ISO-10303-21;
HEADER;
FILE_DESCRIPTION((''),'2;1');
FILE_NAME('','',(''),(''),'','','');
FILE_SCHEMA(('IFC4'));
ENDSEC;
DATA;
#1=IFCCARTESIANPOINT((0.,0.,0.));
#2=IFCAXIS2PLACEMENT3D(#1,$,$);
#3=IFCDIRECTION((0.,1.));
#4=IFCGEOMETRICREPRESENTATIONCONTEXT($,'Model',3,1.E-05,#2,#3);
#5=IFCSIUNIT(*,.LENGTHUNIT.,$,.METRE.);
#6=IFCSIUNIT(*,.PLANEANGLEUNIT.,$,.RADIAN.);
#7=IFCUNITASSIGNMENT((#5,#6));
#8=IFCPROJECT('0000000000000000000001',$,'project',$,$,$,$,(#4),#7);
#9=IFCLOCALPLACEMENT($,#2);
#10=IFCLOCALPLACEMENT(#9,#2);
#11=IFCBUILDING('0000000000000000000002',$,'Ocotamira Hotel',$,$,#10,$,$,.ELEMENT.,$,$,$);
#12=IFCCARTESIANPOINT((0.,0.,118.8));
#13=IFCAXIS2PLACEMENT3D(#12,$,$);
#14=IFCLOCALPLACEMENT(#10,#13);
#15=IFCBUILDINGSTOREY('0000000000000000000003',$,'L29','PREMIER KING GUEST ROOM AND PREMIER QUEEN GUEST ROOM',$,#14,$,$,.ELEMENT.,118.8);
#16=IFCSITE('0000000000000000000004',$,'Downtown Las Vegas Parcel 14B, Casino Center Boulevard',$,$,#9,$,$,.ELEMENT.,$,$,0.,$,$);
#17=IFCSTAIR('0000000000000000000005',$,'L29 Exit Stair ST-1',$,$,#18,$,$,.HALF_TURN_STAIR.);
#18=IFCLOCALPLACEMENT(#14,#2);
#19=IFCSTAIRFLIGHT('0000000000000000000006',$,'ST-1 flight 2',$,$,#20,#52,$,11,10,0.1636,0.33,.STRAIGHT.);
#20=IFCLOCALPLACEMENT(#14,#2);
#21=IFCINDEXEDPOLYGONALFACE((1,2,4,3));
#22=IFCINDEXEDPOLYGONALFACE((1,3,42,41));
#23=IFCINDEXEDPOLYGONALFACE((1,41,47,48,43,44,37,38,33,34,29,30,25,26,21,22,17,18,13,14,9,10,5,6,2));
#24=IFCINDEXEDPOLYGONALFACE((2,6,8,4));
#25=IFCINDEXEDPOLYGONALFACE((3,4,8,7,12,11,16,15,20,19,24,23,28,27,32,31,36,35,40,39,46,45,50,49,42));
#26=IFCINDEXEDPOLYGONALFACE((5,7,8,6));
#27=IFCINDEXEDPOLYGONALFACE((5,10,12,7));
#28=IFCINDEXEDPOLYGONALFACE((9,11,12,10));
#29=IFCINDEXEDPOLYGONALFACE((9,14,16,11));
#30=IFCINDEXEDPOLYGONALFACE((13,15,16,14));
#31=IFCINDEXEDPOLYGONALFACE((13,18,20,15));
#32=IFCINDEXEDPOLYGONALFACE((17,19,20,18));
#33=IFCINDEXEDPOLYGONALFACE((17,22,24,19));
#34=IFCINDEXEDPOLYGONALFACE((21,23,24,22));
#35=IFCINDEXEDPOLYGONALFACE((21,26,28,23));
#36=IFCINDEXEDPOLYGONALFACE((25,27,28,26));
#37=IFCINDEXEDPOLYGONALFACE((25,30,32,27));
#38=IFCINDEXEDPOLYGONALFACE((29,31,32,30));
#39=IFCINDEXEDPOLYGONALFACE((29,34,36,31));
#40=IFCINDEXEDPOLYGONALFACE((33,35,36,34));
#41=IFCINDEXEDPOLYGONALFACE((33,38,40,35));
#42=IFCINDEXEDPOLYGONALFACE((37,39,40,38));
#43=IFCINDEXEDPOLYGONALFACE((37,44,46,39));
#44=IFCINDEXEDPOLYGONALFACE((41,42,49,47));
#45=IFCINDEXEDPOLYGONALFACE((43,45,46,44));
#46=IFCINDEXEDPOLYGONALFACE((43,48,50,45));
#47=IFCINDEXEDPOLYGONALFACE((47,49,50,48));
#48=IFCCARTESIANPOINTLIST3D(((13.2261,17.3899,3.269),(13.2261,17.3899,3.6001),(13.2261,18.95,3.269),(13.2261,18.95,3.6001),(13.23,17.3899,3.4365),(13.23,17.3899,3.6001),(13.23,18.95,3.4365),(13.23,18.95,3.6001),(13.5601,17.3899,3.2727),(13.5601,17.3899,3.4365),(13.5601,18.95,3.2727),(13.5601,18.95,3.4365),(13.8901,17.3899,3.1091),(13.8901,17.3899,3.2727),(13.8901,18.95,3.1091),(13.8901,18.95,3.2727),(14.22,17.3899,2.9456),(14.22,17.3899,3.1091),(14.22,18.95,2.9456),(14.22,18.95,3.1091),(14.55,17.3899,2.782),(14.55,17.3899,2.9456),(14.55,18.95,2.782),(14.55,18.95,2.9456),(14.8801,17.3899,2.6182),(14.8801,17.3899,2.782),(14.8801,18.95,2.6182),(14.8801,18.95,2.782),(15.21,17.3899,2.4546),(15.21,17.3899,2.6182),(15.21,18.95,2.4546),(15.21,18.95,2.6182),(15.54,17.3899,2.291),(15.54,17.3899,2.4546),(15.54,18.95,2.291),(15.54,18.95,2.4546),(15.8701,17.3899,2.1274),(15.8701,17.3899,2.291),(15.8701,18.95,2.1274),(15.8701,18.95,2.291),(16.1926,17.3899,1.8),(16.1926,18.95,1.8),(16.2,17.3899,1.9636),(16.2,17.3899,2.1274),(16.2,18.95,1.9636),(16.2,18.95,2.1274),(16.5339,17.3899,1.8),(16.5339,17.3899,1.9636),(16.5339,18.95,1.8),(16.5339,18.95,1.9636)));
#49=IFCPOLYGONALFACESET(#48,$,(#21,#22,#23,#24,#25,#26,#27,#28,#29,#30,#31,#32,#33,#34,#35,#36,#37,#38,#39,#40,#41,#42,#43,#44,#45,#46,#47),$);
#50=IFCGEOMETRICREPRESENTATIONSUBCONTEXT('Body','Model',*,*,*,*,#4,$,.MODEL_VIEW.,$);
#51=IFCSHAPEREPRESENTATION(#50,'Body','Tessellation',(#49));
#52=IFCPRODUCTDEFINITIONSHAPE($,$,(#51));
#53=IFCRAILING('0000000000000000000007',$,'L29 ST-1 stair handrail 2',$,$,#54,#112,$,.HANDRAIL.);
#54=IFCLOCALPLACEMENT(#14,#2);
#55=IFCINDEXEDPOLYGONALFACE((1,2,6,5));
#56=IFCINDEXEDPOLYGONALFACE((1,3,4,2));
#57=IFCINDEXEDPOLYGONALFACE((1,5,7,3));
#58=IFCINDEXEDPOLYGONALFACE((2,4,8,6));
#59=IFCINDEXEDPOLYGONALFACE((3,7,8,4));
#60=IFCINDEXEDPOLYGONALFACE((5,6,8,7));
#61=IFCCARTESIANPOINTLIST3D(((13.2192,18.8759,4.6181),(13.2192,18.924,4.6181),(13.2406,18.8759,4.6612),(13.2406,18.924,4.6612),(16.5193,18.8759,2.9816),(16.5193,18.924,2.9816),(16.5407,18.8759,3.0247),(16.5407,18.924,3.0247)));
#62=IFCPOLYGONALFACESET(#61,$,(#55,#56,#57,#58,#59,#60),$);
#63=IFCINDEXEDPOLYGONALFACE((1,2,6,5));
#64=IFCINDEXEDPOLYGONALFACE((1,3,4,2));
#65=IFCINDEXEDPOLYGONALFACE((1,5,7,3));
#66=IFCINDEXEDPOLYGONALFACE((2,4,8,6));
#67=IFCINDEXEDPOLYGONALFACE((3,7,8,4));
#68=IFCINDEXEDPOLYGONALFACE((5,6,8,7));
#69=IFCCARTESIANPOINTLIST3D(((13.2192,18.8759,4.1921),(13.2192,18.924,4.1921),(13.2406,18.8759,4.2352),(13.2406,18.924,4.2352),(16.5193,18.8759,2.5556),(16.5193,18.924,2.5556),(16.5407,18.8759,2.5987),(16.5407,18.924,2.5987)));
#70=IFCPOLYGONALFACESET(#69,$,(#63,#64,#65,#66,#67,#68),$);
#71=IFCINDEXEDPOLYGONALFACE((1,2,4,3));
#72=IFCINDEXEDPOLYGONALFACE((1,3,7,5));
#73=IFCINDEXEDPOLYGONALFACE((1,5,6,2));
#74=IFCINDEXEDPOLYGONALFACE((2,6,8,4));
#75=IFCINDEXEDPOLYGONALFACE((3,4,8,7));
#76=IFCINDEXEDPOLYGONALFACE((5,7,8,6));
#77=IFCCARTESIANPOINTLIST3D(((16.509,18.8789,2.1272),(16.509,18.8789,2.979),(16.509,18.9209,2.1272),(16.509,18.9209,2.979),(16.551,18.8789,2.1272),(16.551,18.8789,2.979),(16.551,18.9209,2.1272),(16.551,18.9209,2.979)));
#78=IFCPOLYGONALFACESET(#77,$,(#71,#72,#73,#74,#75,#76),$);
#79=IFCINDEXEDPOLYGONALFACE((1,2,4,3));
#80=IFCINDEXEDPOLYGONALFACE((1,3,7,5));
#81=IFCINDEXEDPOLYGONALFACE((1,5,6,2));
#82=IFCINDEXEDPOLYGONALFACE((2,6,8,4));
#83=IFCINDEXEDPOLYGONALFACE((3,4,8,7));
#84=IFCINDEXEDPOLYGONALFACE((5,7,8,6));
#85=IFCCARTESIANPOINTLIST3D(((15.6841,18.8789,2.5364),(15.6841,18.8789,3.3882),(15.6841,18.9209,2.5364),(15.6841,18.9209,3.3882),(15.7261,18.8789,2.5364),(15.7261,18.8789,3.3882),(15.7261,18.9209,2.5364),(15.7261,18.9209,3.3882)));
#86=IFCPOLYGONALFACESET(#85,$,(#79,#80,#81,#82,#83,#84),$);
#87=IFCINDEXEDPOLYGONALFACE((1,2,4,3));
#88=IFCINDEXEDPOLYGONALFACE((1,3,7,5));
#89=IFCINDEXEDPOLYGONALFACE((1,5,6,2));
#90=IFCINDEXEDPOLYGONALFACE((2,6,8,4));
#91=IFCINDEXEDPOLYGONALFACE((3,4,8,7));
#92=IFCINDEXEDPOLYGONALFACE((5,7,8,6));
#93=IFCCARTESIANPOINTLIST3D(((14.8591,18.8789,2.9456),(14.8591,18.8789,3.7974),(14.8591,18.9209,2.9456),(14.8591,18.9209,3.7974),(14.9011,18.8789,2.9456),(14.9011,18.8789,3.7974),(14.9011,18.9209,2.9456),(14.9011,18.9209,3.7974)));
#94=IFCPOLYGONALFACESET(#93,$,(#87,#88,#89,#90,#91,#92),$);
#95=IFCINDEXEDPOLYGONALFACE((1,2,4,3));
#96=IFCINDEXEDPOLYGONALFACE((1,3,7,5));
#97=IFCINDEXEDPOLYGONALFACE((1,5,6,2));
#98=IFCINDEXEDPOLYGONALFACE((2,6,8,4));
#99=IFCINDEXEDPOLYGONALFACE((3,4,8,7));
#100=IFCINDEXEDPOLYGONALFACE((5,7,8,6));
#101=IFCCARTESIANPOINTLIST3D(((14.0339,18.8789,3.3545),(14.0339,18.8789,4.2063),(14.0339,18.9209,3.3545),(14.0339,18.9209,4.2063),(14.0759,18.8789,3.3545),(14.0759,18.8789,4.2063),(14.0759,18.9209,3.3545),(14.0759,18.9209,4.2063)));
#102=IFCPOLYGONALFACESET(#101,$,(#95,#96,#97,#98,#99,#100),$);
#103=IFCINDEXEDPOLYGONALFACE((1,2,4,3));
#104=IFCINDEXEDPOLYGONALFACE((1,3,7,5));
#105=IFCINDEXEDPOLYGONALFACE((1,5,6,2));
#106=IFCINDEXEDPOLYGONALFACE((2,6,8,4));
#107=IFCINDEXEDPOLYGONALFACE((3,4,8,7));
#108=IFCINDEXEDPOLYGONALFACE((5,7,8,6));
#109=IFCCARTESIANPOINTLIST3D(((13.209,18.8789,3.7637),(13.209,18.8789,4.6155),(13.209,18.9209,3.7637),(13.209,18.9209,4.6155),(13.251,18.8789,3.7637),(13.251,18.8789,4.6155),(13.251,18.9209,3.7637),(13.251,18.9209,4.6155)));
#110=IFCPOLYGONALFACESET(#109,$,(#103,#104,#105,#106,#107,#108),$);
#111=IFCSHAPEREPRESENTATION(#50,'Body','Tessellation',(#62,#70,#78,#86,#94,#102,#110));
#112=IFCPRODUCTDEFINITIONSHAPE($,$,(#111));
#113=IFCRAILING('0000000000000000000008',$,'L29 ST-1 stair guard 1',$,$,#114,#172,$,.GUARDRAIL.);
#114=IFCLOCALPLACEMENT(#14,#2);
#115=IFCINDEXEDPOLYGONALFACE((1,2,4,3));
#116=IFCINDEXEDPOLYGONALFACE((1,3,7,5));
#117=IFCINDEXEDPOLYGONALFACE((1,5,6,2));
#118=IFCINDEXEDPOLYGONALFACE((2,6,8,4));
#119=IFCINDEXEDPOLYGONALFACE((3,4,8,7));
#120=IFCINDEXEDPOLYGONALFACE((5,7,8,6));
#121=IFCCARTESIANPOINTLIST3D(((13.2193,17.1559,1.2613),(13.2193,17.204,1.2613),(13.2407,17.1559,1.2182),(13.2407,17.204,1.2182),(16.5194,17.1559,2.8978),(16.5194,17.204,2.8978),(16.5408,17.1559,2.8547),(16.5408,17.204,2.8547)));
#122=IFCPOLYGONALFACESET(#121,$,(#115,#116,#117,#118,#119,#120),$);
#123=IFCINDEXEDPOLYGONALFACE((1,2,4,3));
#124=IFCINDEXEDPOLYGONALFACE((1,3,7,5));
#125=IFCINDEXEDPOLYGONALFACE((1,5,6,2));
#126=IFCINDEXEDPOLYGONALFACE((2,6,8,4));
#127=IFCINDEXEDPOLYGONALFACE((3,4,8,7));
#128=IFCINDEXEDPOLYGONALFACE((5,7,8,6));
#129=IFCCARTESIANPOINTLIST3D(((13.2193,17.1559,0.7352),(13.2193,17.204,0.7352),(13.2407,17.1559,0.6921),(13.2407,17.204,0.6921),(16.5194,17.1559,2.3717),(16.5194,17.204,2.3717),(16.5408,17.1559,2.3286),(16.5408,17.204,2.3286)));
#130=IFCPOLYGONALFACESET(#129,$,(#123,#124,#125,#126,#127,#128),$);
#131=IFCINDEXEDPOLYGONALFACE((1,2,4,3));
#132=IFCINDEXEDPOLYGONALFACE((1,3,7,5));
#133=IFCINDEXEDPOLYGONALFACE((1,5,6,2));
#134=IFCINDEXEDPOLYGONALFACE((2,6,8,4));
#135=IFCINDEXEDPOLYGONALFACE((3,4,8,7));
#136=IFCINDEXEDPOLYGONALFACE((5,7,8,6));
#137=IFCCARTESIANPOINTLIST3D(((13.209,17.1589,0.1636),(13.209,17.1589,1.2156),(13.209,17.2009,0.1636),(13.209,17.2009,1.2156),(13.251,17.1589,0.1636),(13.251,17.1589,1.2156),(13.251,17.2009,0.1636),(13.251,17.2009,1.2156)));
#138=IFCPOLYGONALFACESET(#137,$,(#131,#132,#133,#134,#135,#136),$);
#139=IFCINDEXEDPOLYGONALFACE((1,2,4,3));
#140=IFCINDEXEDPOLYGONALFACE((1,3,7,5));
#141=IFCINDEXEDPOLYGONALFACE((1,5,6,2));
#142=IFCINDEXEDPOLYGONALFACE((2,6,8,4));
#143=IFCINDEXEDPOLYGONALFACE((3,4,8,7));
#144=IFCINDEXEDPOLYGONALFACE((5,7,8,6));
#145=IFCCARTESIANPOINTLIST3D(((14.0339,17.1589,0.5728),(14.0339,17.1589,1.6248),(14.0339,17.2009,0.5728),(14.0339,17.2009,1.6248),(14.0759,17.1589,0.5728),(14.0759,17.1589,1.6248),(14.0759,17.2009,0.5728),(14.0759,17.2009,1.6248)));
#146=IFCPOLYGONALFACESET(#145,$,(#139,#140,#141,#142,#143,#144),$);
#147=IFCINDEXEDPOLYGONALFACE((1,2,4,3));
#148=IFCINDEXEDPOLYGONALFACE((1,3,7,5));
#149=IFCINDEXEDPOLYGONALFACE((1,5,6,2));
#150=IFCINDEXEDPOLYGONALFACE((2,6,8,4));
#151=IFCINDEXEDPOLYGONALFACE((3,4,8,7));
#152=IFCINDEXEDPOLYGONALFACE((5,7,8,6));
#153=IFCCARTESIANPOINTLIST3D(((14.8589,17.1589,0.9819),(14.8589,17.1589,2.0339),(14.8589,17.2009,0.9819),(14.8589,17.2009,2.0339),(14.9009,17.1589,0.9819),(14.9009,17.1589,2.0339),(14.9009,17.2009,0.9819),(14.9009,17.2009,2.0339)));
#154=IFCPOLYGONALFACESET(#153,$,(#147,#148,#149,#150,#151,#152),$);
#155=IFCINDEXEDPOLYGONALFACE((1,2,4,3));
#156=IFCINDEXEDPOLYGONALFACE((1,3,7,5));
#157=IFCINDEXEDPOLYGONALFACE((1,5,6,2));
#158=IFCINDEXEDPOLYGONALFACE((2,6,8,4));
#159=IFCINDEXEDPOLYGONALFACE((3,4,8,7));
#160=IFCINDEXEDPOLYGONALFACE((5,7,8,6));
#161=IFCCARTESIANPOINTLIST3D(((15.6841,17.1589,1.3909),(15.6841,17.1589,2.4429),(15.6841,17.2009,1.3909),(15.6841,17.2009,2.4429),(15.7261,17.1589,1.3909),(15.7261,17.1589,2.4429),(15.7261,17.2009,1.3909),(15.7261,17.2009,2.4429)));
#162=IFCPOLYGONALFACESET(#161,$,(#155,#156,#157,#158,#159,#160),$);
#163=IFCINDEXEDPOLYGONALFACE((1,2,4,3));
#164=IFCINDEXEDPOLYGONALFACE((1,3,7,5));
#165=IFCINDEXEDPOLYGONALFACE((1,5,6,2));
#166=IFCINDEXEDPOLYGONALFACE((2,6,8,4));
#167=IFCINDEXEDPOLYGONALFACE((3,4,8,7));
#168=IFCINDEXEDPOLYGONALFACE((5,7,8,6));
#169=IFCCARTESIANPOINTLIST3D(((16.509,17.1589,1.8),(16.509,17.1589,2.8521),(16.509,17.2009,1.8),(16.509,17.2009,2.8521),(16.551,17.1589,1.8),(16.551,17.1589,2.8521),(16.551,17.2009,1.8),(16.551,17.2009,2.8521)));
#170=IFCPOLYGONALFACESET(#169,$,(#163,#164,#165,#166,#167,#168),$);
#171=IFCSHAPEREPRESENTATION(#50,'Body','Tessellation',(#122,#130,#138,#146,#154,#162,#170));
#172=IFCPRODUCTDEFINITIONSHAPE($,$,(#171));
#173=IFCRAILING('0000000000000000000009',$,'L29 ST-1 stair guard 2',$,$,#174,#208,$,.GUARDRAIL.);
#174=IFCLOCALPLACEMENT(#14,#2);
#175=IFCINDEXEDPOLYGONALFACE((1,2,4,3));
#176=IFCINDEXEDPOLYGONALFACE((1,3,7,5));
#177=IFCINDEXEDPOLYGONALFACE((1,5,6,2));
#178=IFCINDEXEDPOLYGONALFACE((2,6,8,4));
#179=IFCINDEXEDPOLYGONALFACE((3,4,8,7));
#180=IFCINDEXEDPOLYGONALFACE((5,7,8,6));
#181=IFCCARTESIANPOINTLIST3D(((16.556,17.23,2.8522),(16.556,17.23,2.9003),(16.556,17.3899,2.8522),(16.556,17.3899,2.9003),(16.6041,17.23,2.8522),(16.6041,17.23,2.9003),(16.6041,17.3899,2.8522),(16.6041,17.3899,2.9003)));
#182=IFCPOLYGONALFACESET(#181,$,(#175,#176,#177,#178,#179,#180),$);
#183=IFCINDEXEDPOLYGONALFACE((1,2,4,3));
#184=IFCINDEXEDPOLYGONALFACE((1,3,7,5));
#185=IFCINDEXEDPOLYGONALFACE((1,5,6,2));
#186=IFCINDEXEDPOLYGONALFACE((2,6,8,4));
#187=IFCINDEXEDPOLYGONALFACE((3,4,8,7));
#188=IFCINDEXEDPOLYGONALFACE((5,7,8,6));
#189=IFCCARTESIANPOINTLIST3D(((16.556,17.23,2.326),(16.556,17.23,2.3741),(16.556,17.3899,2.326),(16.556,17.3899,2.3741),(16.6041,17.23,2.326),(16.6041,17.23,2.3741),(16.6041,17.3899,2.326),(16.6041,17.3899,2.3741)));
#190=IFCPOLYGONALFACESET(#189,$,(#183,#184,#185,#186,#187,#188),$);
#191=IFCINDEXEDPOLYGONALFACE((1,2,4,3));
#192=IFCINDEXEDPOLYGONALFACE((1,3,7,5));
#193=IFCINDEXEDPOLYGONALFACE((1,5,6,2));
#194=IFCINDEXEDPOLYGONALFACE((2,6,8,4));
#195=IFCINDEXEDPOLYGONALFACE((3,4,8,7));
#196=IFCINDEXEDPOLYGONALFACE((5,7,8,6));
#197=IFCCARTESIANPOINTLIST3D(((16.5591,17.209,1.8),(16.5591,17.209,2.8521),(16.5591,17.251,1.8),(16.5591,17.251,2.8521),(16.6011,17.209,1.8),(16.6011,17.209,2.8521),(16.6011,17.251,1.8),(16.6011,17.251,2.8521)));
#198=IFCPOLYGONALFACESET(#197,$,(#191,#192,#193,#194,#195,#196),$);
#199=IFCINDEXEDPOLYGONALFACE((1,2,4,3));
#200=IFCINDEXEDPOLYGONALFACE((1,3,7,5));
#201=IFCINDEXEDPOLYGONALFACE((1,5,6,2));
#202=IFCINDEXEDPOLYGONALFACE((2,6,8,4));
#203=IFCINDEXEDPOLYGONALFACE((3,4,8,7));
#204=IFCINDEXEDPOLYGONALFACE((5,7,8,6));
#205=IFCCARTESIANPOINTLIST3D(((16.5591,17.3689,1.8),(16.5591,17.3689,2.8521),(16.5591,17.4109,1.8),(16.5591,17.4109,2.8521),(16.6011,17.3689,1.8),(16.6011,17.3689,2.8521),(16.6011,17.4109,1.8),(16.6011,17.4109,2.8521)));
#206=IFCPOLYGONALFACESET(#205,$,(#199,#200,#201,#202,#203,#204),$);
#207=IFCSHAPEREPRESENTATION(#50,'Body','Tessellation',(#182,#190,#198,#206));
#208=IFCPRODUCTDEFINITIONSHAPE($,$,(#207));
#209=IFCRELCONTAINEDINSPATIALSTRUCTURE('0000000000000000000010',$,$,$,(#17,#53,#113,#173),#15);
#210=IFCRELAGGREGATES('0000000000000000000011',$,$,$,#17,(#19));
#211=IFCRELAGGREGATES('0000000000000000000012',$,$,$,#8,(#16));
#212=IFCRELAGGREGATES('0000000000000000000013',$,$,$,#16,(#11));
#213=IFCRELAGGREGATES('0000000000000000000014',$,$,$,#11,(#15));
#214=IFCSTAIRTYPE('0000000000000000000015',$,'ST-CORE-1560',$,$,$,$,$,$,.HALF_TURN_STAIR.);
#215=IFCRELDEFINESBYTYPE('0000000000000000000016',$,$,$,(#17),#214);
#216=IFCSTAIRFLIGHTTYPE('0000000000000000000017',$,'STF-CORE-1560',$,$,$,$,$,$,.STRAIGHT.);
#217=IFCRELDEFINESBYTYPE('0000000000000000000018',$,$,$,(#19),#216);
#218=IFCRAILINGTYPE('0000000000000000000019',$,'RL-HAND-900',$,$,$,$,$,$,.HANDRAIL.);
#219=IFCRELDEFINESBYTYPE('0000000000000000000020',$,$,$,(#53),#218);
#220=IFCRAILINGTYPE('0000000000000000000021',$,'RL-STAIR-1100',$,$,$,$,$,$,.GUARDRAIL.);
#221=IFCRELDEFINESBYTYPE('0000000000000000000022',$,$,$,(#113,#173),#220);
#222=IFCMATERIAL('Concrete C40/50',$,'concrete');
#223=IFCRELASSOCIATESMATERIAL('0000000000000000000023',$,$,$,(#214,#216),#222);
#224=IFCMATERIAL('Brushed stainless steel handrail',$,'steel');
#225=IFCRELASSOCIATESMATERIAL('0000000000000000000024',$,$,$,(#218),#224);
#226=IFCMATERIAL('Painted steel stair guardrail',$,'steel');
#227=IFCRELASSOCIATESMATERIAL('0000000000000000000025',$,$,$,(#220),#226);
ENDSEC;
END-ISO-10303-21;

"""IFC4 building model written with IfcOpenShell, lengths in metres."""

from ifc_helpers import new_model, si_unit, direction, frame, origin, origin_2d, place, context, subcontext, project, spatial, polyline, rectangle, outline, extrude, source, transform, mapped, material, type_object, element, aggregate, save


model = new_model("IFC4")

# Units and contexts
model_context = context("Model", 3, precision=1e-05, world=origin(), true_north=direction((0.0, 1.0)))
body_context = subcontext(model_context, "Body", "Model", "MODEL_VIEW")
ifc_project = project(units=[si_unit("LENGTHUNIT", "METRE"), si_unit("PLANEANGLEUNIT", "RADIAN")], contexts=[model_context])

# Site, building, storey
site_placement = place(None, origin())
site = spatial("IfcSite", under=ifc_project, at=site_placement, Name="Downtown Las Vegas Parcel 14B, Casino Center Boulevard", CompositionType="ELEMENT", RefElevation=0.0)
building_placement = place(site_placement, origin())
building = spatial("IfcBuilding", under=site, at=building_placement, Name="Ocotamira Hotel", CompositionType="ELEMENT")
storey_placement = place(building_placement, frame((0.0, 0.0, 118.8)))
storey = spatial("IfcBuildingStorey", under=building, at=storey_placement, Name="L29", Description="PREMIER KING GUEST ROOM AND PREMIER QUEEN GUEST ROOM", CompositionType="ELEMENT", Elevation=118.8)

# Stair, stair flight
ifc_material_1 = material(Name="Concrete C40/50", Category="concrete")
stair_type = type_object("IfcStairType", Name="ST-CORE-1560", PredefinedType="HALF_TURN_STAIR", material=ifc_material_1)
stair_placement = place(storey_placement, origin())
stair = element("IfcStair", 1, at=stair_placement, inside=storey, type_object=stair_type, Name="L29 Exit Stair ST-1", PredefinedType="HALF_TURN_STAIR")
stair_flight_type = type_object("IfcStairFlightType", Name="STF-CORE-1560", PredefinedType="STRAIGHT", material=ifc_material_1)
shared_shape_1 = source(origin(), body_context, "Body", "SweptSolid", [
    extrude(outline(polyline([(-0.0039, 0.0), (-0.0039, 0.1636), (0.3301, 0.1636), (0.3301, 0.3274), (0.6599, 0.3274), (0.6599, 0.491), (0.99, 0.491), (0.99, 0.6545), (1.3201, 0.6545), (1.3201, 0.8181), (1.6499, 0.8181), (1.6499, 0.9819), (1.98, 0.9819), (1.98, 1.1455), (2.3101, 1.1455), (2.3101, 1.3091), (2.6399, 1.3091), (2.6399, 1.4727), (2.97, 1.4727), (2.97, 1.6365), (3.3, 1.6365), (3.3, 1.8), (3.304, 1.8), (3.304, 1.469), (0.3374, 0.0), (-0.0039, 0.0)])), frame((0.0, 0.78, 0.0), z_axis=(0.0, -1.0, 0.0), x_axis=(1.0, 0.0, 0.0)), (0.0, 0.0, 1.0), 1.5601),
])
stair_flight_placement = place(storey_placement, frame((16.53, 18.1699, 1.8), z_axis=(0.0, 0.0, 1.0), x_axis=(-1.0, 0.0, 0.0)))
stair_flight = element("IfcStairFlight", 2, at=stair_flight_placement, type_object=stair_flight_type, Name="ST-1 flight 2", NumberOfRisers=11, NumberOfTreads=10, PredefinedType="STRAIGHT", RiserHeight=0.1636, TreadLength=0.33, context=body_context, shape_type="MappedRepresentation", body=[
    mapped(shared_shape_1, transform((0.0, 0.0, 0.0), scale=1.0)),
])
aggregate(stair, [stair_flight])

# Railings
ifc_material_2 = material(Name="Brushed stainless steel handrail", Category="steel")
railing_type_1 = type_object("IfcRailingType", Name="RL-HAND-900", PredefinedType="HANDRAIL", material=ifc_material_2)
railing_1_placement = place(storey_placement, frame((16.53, 18.8999, 2.1272)))
element("IfcRailing", 3, at=railing_1_placement, inside=storey, type_object=railing_type_1, Name="L29 ST-1 stair handrail 2", PredefinedType="HANDRAIL", context=body_context, shape_type="SweptSolid", body=[
    extrude(rectangle(XDim=0.0481, YDim=0.0481, at=origin_2d()), frame((0.0, 0.0, 0.876), z_axis=(-0.895894, 0.0, 0.444268), x_axis=(0.0, -1.0, 0.0)), (0.0, 0.0, 1.0), 3.6836),
    extrude(rectangle(XDim=0.0481, YDim=0.0481, at=origin_2d()), frame((0.0, 0.0, 0.45), z_axis=(-0.895894, 0.0, 0.444268), x_axis=(0.0, -1.0, 0.0)), (0.0, 0.0, 1.0), 3.6836),
    extrude(rectangle(XDim=0.042, YDim=0.042, at=origin_2d()), origin(), (0.0, 0.0, 1.0), 0.8518),
    extrude(rectangle(XDim=0.042, YDim=0.042, at=origin_2d()), frame((-0.825, 0.0, 0.4092)), (0.0, 0.0, 1.0), 0.8518),
    extrude(rectangle(XDim=0.042, YDim=0.042, at=origin_2d()), frame((-1.6499, 0.0, 0.8184)), (0.0, 0.0, 1.0), 0.8518),
    extrude(rectangle(XDim=0.042, YDim=0.042, at=origin_2d()), frame((-2.4751, 0.0, 1.2273)), (0.0, 0.0, 1.0), 0.8518),
    extrude(rectangle(XDim=0.042, YDim=0.042, at=origin_2d()), frame((-3.3, 0.0, 1.6365)), (0.0, 0.0, 1.0), 0.8518),
])
ifc_material_3 = material(Name="Painted steel stair guardrail", Category="steel")
railing_type_2 = type_object("IfcRailingType", Name="RL-STAIR-1100", PredefinedType="GUARDRAIL", material=ifc_material_3)
railing_2_placement = place(storey_placement, frame((13.23, 17.1799, 0.1636)))
element("IfcRailing", 4, at=railing_2_placement, inside=storey, type_object=railing_type_2, Name="L29 ST-1 stair guard 1", PredefinedType="GUARDRAIL", context=body_context, shape_type="SweptSolid", body=[
    extrude(rectangle(XDim=0.0481, YDim=0.0481, at=origin_2d()), frame((0.0, 0.0, 1.0762), z_axis=(0.895894, 0.0, 0.444268), x_axis=(0.0, 1.0, 0.0)), (0.0, 0.0, 1.0), 3.6836),
    extrude(rectangle(XDim=0.0481, YDim=0.0481, at=origin_2d()), frame((0.0, 0.0, 0.55), z_axis=(0.895894, 0.0, 0.444268), x_axis=(0.0, 1.0, 0.0)), (0.0, 0.0, 1.0), 3.6836),
    extrude(rectangle(XDim=0.042, YDim=0.042, at=origin_2d()), origin(), (0.0, 0.0, 1.0), 1.052),
    extrude(rectangle(XDim=0.042, YDim=0.042, at=origin_2d()), frame((0.825, 0.0, 0.4092)), (0.0, 0.0, 1.0), 1.052),
    extrude(rectangle(XDim=0.042, YDim=0.042, at=origin_2d()), frame((1.6499, 0.0, 0.8184)), (0.0, 0.0, 1.0), 1.052),
    extrude(rectangle(XDim=0.042, YDim=0.042, at=origin_2d()), frame((2.4751, 0.0, 1.2273)), (0.0, 0.0, 1.0), 1.052),
    extrude(rectangle(XDim=0.042, YDim=0.042, at=origin_2d()), frame((3.3, 0.0, 1.6365)), (0.0, 0.0, 1.0), 1.052),
])
railing_3_placement = place(storey_placement, frame((16.5801, 17.23, 1.8)))
element("IfcRailing", 5, at=railing_3_placement, inside=storey, type_object=railing_type_2, Name="L29 ST-1 stair guard 2", PredefinedType="GUARDRAIL", context=body_context, shape_type="SweptSolid", body=[
    extrude(rectangle(XDim=0.0481, YDim=0.0481, at=origin_2d()), frame((0.0, 0.0, 1.0762), z_axis=(0.0, 1.0, 0.0), x_axis=(-1.0, 0.0, 0.0)), (0.0, 0.0, 1.0), 0.1599),
    extrude(rectangle(XDim=0.0481, YDim=0.0481, at=origin_2d()), frame((0.0, 0.0, 0.55), z_axis=(0.0, 1.0, 0.0), x_axis=(-1.0, 0.0, 0.0)), (0.0, 0.0, 1.0), 0.1599),
    extrude(rectangle(XDim=0.042, YDim=0.042, at=origin_2d()), origin(), (0.0, 0.0, 1.0), 1.052),
    extrude(rectangle(XDim=0.042, YDim=0.042, at=origin_2d()), frame((0.0, 0.1599, 0.0)), (0.0, 0.0, 1.0), 1.052),
])

save(model, "model.ifc")
